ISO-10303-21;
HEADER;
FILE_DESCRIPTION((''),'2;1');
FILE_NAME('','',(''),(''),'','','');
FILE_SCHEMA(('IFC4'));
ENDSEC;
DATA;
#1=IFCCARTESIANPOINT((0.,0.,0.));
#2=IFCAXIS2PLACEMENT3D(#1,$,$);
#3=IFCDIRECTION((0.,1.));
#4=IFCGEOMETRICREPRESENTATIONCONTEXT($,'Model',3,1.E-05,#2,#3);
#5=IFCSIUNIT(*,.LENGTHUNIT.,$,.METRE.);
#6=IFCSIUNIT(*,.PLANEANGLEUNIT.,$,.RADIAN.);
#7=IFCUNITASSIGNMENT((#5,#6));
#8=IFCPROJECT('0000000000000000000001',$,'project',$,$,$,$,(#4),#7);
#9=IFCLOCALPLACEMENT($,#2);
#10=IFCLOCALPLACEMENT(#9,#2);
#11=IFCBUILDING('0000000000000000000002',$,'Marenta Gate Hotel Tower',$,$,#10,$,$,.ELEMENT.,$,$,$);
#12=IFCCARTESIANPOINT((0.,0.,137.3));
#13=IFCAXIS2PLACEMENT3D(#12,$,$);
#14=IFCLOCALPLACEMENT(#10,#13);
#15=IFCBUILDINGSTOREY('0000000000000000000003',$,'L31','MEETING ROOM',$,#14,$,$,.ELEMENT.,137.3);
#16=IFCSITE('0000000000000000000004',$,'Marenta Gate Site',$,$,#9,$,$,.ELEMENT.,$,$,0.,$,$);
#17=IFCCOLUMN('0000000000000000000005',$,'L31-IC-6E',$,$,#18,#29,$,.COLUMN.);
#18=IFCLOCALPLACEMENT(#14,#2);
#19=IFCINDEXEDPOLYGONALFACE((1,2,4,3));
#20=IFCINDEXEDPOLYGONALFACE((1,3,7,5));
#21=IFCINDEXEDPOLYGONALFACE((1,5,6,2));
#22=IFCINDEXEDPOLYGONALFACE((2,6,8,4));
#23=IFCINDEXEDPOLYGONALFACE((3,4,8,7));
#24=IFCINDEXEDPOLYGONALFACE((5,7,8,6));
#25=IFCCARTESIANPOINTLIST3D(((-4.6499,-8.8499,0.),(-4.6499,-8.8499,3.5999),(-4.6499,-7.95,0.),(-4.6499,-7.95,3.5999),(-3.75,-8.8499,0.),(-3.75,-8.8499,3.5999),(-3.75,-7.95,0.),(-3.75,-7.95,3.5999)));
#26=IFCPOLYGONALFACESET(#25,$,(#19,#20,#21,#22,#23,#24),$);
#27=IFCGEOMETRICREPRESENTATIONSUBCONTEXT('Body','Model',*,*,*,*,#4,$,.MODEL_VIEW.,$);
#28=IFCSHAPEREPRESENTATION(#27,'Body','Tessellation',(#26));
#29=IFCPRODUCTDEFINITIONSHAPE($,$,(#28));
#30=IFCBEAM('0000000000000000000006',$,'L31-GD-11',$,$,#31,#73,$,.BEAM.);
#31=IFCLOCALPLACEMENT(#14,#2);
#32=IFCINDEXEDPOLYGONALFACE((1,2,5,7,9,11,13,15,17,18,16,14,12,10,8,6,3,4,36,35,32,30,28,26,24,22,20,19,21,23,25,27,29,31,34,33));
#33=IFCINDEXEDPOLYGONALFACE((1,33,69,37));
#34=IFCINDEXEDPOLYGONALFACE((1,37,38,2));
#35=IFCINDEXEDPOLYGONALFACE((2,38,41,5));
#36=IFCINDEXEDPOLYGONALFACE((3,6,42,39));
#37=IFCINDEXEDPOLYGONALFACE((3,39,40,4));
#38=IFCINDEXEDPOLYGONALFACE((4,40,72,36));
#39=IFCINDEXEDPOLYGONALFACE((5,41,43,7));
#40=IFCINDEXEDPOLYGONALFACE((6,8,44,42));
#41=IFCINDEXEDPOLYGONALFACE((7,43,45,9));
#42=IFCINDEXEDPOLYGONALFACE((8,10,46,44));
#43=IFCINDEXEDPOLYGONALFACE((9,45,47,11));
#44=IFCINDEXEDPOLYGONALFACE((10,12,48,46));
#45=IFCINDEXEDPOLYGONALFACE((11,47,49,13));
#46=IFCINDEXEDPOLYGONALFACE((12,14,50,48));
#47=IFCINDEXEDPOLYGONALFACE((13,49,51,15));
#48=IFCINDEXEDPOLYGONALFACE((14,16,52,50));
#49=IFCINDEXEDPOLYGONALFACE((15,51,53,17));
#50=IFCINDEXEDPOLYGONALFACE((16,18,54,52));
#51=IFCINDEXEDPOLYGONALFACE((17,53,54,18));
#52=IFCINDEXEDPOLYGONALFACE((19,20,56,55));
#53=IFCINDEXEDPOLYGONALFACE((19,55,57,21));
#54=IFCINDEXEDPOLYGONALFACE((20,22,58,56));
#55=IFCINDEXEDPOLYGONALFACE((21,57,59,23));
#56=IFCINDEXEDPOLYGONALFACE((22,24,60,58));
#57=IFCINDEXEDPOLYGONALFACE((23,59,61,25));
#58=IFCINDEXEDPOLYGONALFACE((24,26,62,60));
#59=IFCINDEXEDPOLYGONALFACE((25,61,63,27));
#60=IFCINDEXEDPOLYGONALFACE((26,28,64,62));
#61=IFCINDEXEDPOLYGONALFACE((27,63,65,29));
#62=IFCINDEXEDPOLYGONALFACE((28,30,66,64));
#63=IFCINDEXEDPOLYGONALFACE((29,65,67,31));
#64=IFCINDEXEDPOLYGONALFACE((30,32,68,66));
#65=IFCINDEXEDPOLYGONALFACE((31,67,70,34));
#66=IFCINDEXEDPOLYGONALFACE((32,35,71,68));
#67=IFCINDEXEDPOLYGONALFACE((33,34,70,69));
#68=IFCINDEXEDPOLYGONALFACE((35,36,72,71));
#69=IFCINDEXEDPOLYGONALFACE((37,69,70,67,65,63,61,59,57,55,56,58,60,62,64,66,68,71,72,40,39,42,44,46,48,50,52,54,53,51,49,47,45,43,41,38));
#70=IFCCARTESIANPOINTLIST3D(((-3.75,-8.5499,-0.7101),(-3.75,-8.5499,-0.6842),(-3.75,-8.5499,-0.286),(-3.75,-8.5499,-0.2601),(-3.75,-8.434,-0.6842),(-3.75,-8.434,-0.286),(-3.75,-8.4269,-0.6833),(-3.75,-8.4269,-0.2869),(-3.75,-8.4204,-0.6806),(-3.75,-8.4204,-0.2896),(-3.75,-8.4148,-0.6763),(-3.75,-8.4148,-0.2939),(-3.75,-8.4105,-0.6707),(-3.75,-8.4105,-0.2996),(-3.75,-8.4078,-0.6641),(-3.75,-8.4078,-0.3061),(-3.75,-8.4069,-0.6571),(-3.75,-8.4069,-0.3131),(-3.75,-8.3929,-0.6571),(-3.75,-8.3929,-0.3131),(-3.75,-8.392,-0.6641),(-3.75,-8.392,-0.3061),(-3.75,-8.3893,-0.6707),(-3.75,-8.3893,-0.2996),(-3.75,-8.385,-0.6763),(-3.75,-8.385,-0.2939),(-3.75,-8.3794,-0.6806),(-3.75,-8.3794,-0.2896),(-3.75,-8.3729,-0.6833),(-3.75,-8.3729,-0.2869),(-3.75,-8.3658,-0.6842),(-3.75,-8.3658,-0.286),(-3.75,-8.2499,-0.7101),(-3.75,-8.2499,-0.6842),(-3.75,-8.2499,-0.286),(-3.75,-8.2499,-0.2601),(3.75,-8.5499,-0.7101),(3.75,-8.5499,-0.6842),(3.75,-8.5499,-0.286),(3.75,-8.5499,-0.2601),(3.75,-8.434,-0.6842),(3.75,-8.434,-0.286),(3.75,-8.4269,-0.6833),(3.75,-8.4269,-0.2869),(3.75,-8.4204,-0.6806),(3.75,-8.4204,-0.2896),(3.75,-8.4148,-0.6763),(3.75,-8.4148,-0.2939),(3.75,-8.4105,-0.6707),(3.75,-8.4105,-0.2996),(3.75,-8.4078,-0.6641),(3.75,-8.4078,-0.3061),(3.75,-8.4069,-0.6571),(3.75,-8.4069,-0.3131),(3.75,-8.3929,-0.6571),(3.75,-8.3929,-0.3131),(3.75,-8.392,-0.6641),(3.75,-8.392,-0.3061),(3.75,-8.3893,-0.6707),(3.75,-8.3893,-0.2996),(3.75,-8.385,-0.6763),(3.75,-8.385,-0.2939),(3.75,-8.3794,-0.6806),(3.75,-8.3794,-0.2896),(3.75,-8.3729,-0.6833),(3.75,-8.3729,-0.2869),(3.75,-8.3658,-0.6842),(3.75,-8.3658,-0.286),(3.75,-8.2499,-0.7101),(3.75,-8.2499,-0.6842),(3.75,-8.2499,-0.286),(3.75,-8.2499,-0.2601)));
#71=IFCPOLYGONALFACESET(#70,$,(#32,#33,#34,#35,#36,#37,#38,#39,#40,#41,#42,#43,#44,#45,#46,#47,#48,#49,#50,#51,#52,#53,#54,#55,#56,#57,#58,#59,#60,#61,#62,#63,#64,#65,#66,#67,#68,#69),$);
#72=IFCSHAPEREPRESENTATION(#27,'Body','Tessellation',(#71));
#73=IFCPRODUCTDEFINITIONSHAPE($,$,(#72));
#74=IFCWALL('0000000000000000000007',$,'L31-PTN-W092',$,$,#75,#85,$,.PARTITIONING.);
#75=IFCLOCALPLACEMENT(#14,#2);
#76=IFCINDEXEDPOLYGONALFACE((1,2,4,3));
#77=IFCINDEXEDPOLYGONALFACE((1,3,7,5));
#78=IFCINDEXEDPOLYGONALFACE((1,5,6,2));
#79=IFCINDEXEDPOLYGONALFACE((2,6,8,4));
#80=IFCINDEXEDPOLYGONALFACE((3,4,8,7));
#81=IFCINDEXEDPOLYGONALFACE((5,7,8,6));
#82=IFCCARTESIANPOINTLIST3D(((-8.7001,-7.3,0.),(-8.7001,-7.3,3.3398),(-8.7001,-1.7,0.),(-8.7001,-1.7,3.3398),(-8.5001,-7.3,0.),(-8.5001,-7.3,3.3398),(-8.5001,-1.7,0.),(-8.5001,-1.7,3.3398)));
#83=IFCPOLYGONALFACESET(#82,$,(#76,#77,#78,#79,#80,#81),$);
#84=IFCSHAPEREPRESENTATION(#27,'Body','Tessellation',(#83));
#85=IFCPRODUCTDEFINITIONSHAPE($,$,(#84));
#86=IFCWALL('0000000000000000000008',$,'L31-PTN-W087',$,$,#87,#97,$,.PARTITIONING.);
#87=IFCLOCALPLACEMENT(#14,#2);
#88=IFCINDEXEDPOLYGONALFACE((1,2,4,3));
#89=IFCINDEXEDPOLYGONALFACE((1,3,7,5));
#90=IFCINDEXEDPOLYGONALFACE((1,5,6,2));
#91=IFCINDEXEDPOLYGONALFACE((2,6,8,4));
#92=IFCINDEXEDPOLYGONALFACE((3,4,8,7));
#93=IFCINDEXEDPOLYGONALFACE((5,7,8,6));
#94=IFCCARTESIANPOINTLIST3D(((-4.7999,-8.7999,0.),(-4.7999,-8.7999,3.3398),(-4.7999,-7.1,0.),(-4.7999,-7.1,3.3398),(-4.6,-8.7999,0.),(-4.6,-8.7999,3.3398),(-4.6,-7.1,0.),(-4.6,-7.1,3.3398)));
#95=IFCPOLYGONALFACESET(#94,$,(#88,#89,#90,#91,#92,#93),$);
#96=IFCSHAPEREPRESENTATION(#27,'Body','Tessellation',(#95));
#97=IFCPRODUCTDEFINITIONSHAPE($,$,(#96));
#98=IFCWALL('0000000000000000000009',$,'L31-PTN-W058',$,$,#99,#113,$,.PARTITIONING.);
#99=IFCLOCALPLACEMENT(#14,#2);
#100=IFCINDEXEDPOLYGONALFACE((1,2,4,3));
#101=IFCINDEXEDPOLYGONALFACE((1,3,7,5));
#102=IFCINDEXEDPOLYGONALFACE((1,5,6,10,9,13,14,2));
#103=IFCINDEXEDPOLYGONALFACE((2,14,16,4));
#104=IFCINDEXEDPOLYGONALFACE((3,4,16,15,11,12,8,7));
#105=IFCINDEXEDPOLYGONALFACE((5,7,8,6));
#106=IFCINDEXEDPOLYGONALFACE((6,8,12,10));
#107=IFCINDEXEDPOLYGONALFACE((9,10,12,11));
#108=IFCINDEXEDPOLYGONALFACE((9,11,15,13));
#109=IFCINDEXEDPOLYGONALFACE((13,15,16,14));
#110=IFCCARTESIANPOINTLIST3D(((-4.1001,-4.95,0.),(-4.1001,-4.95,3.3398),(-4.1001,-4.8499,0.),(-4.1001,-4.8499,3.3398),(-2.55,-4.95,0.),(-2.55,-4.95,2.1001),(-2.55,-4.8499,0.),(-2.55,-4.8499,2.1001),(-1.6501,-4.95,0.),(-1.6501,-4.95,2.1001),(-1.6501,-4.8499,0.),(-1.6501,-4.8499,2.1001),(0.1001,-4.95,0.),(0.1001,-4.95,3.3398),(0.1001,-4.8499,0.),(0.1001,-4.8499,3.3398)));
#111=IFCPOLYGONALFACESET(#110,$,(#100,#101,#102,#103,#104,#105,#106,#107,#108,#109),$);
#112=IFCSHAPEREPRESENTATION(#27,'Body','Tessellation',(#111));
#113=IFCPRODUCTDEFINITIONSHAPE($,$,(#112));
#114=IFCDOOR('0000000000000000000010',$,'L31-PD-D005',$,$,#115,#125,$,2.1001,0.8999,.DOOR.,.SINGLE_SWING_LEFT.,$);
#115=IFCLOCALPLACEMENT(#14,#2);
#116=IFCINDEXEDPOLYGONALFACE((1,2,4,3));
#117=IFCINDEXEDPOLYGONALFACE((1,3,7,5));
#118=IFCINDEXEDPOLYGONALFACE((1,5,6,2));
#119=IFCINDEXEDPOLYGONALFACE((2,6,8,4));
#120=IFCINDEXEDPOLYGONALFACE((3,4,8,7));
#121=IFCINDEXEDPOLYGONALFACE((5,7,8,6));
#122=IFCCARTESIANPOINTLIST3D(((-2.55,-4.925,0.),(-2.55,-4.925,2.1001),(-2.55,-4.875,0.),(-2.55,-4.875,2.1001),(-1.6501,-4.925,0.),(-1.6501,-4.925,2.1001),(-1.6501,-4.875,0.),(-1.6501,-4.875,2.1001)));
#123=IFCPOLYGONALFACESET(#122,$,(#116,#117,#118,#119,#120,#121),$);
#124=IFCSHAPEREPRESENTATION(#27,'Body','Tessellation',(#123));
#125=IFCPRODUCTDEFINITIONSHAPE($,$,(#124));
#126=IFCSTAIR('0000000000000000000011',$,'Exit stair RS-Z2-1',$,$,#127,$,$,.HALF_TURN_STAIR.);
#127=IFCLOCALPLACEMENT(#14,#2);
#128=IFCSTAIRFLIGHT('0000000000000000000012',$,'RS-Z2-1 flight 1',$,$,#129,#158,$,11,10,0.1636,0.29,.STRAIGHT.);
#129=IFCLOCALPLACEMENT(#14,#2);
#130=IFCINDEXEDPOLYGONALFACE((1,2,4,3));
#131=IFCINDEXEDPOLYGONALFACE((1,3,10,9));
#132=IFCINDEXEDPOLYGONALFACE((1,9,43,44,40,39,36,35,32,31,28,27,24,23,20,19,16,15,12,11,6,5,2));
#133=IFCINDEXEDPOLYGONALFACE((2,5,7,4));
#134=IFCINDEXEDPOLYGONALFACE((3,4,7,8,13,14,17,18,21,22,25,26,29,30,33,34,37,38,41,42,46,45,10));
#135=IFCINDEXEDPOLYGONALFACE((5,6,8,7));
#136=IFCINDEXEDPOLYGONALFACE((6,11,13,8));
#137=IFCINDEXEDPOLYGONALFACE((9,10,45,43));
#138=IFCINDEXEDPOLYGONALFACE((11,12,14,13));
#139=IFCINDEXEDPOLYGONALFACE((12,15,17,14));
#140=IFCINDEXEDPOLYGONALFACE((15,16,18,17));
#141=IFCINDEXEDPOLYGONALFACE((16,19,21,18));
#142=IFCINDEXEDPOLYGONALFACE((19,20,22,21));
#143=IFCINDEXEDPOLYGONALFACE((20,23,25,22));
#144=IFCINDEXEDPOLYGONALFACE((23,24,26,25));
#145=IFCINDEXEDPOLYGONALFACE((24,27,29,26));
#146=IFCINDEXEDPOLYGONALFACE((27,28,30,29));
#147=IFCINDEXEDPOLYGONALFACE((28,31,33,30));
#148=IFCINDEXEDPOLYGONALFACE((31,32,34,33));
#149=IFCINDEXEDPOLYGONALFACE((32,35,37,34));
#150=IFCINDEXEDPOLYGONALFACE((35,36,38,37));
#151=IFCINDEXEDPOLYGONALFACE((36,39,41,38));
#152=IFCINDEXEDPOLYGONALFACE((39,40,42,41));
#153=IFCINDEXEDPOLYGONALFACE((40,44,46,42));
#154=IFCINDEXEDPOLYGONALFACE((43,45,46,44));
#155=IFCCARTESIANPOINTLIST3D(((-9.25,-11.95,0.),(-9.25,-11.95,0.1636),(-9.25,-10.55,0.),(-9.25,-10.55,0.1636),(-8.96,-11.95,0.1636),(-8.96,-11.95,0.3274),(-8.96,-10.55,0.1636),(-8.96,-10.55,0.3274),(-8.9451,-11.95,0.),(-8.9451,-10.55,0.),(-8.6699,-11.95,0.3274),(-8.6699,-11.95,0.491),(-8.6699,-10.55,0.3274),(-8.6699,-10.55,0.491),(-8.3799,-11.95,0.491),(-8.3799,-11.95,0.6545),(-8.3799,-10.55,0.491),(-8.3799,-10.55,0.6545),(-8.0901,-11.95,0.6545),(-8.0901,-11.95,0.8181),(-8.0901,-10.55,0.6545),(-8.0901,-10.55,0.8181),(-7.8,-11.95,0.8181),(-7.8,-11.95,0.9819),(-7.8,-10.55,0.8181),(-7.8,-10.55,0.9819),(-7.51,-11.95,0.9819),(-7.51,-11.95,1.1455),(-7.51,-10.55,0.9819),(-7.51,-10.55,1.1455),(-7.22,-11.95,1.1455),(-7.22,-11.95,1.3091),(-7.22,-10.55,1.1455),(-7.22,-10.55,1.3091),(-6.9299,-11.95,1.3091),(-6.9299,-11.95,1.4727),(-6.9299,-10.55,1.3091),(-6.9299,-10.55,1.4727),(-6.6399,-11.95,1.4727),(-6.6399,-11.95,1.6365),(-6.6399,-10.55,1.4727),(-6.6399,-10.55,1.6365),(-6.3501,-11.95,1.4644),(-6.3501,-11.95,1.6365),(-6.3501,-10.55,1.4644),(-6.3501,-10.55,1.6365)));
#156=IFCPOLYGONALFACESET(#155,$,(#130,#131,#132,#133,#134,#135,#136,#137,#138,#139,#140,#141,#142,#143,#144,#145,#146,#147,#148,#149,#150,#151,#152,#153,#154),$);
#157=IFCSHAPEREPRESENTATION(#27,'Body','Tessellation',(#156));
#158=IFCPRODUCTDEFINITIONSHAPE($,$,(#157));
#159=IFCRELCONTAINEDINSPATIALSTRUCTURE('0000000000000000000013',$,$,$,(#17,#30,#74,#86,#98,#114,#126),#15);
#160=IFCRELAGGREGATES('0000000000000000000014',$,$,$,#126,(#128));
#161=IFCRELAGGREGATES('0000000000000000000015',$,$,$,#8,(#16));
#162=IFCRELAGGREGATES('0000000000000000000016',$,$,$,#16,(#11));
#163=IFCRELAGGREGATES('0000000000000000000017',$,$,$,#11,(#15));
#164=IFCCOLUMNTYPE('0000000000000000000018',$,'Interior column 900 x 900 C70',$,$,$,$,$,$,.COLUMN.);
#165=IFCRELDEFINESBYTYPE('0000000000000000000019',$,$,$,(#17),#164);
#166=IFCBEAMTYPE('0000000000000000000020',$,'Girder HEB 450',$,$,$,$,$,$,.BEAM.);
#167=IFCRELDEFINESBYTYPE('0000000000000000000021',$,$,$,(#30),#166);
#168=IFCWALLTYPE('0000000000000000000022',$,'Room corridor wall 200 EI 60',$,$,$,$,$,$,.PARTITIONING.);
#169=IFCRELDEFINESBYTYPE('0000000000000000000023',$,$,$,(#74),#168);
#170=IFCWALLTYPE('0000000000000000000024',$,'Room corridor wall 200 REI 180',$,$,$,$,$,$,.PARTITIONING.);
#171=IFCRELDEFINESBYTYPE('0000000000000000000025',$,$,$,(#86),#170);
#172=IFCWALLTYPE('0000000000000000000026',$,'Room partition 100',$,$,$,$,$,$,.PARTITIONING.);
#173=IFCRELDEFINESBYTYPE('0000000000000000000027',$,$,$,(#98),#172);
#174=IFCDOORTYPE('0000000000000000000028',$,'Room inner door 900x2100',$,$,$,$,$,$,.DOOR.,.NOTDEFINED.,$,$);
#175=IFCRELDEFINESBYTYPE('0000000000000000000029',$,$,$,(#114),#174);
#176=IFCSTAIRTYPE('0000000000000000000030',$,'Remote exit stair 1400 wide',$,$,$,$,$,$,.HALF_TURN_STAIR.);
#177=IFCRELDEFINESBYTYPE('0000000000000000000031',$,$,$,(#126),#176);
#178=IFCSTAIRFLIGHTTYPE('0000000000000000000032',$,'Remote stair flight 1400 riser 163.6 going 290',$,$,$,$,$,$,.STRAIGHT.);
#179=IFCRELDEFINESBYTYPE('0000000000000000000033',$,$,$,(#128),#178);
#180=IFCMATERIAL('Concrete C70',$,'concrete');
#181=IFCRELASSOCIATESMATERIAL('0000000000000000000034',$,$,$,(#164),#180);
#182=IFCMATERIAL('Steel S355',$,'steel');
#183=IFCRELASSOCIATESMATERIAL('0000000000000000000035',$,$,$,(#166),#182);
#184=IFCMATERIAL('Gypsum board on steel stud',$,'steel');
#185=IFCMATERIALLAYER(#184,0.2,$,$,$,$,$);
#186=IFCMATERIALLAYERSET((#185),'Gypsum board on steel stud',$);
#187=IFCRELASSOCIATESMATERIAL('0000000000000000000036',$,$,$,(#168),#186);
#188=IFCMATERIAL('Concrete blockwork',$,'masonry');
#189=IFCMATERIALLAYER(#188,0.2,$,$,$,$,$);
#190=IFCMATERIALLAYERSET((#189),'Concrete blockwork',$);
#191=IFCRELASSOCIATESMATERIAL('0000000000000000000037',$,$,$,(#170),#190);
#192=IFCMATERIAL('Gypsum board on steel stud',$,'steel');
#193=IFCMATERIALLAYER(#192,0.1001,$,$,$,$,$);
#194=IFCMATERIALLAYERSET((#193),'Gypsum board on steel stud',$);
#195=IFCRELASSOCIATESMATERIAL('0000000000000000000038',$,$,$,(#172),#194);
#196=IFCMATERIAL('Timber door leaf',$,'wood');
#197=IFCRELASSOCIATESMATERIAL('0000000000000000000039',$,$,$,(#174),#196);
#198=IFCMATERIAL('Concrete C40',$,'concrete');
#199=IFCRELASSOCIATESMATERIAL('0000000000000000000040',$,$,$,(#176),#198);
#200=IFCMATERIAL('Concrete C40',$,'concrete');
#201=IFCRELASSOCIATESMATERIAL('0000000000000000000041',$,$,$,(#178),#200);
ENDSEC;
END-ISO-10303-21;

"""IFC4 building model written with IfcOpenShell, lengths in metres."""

from ifc_helpers import new_model, si_unit, direction, frame, frame_2d, origin, origin_2d, place, context, subcontext, project, spatial, polyline, rectangle, i_section, outline, extrude, material, layer, layer_set, material_profile, profile_set, type_object, element, fill, aggregate, save


model = new_model("IFC4")

# Units and contexts
model_context = context("Model", 3, precision=1e-05, world=origin(), true_north=direction((0.0, 1.0)))
body_context = subcontext(model_context, "Body", "Model", "MODEL_VIEW")
ifc_project = project(units=[si_unit("LENGTHUNIT", "METRE"), si_unit("PLANEANGLEUNIT", "RADIAN")], contexts=[model_context])

# Site, building, storey
site_placement = place(None, origin())
site = spatial("IfcSite", under=ifc_project, at=site_placement, Name="Marenta Gate Site", CompositionType="ELEMENT", RefElevation=0.0)
building_placement = place(site_placement, origin())
building = spatial("IfcBuilding", under=site, at=building_placement, Name="Marenta Gate Hotel Tower", CompositionType="ELEMENT")
storey_placement = place(building_placement, frame((0.0, 0.0, 137.3)))
storey = spatial("IfcBuildingStorey", under=building, at=storey_placement, Name="L31", Description="MEETING ROOM", CompositionType="ELEMENT", Elevation=137.3)

# Column
ifc_material_1 = material(Name="Concrete C70", Category="concrete")
ifc_material_profile_1 = material_profile(ifc_material_1, rectangle(XDim=0.8999, YDim=0.8999, at=origin_2d()), Name="900 x 900")
ifc_profile_set_1 = profile_set([ifc_material_profile_1], Name="Concrete C70")
column_type = type_object("IfcColumnType", Name="Interior column 900 x 900 C70", PredefinedType="COLUMN", material=ifc_profile_set_1)
column_placement = place(storey_placement, frame((-4.2, -8.3999, 0.0), z_axis=(0.0, 0.0, 1.0), x_axis=(1.0, 0.0, 0.0)))
element("IfcColumn", 1, at=column_placement, inside=storey, type_object=column_type, Name="L31-IC-6E", PredefinedType="COLUMN", context=body_context, shape_type="SweptSolid", body=[
    extrude(rectangle(XDim=0.8999, YDim=0.8999, at=origin_2d()), origin(), (0.0, 0.0, 1.0), 3.5999),
])

# Beam
ifc_material_2 = material(Name="Steel S355", Category="steel")
ifc_material_profile_2 = material_profile(ifc_material_2, i_section(OverallWidth=0.3, OverallDepth=0.45, WebThickness=0.0139, FlangeThickness=0.0259, FilletRadius=0.0271, at=origin_2d()), Name="HEB 450")
ifc_profile_set_2 = profile_set([ifc_material_profile_2], Name="Steel S355")
beam_type = type_object("IfcBeamType", Name="Girder HEB 450", PredefinedType="BEAM", material=ifc_profile_set_2)
beam_placement = place(storey_placement, frame((-3.75, -8.3999, -0.4851), z_axis=(1.0, 0.0, 0.0), x_axis=(0.0, 1.0, 0.0)))
element("IfcBeam", 2, at=beam_placement, inside=storey, type_object=beam_type, Name="L31-GD-11", PredefinedType="BEAM", context=body_context, shape_type="SweptSolid", body=[
    extrude(i_section(OverallWidth=0.3, OverallDepth=0.45, WebThickness=0.0139, FlangeThickness=0.0259, FilletRadius=0.0271, at=origin_2d()), origin(), (0.0, 0.0, 1.0), 7.5),
])

# Wall
ifc_material_3 = material(Name="Gypsum board on steel stud", Category="steel")
ifc_layer_1 = layer(ifc_material_3, 0.2)
ifc_layer_set_1 = layer_set([ifc_layer_1], Name="Gypsum board on steel stud")
wall_type_1 = type_object("IfcWallType", Name="Room corridor wall 200 EI 60", PredefinedType="PARTITIONING", material=ifc_layer_set_1)
wall_1_placement = place(storey_placement, frame((-8.6001, -7.3, 0.0), z_axis=(0.0, 0.0, 1.0), x_axis=(0.0, 1.0, 0.0)))
element("IfcWall", 3, at=wall_1_placement, inside=storey, type_object=wall_type_1, Name="L31-PTN-W092", PredefinedType="PARTITIONING", context=body_context, shape_type="SweptSolid", body=[
    extrude(rectangle(XDim=5.6001, YDim=0.2, at=frame_2d((2.8, 0.0))), origin(), (0.0, 0.0, 1.0), 3.3398),
])

# Shared definitions
ifc_material_4 = material(Name="Concrete blockwork", Category="masonry")
ifc_layer_2 = layer(ifc_material_4, 0.2)
ifc_layer_set_2 = layer_set([ifc_layer_2], Name="Concrete blockwork")
wall_type_2 = type_object("IfcWallType", Name="Room corridor wall 200 REI 180", PredefinedType="PARTITIONING", material=ifc_layer_set_2)

# Wall
wall_2_placement = place(storey_placement, frame((-4.7, -8.8, 0.0), z_axis=(0.0, 0.0, 1.0), x_axis=(0.0, 1.0, 0.0)))
element("IfcWall", 4, at=wall_2_placement, inside=storey, type_object=wall_type_2, Name="L31-PTN-W087", PredefinedType="PARTITIONING", context=body_context, shape_type="SweptSolid", body=[
    extrude(rectangle(XDim=1.7, YDim=0.2, at=frame_2d((0.8501, 0.0))), origin(), (0.0, 0.0, 1.0), 3.3398),
])

# Wall, opening, door
ifc_material_5 = material(Name="Gypsum board on steel stud", Category="steel")
ifc_layer_3 = layer(ifc_material_5, 0.1001)
ifc_layer_set_3 = layer_set([ifc_layer_3], Name="Gypsum board on steel stud")
wall_type_3 = type_object("IfcWallType", Name="Room partition 100", PredefinedType="PARTITIONING", material=ifc_layer_set_3)
wall_3_placement = place(storey_placement, frame((-4.1001, -4.8999, 0.0), z_axis=(0.0, 0.0, 1.0), x_axis=(1.0, 0.0, 0.0)))
wall_3 = element("IfcWall", 5, at=wall_3_placement, inside=storey, type_object=wall_type_3, Name="L31-PTN-W058", PredefinedType="PARTITIONING", context=body_context, shape_type="SweptSolid", body=[
    extrude(rectangle(XDim=4.2002, YDim=0.1001, at=frame_2d((2.1001, 0.0))), origin(), (0.0, 0.0, 1.0), 3.3398),
])
opening_1_placement = place(wall_3_placement, frame((1.55, 0.0, 0.0)))
opening_1 = element("IfcOpeningElement", 6, at=opening_1_placement, cuts=wall_3, PredefinedType="OPENING", context=body_context, shape_type="SweptSolid", body=[
    extrude(rectangle(XDim=0.8999, YDim=2.1001, at=frame_2d((0.45, 1.05))), frame((0.0, 0.05, 0.0), z_axis=(0.0, -1.0, 0.0), x_axis=(1.0, 0.0, 0.0)), (0.0, 0.0, 1.0), 0.1001),
])
ifc_material_6 = material(Name="Timber door leaf", Category="wood")
door_type_1 = type_object("IfcDoorType", Name="Room inner door 900x2100", OperationType="NOTDEFINED", PredefinedType="DOOR", material=ifc_material_6)
door_1_placement = place(opening_1_placement, origin())
door_1 = element("IfcDoor", 7, at=door_1_placement, inside=storey, type_object=door_type_1, Name="L31-PD-D005", OperationType="SINGLE_SWING_LEFT", OverallHeight=2.1001, OverallWidth=0.8999, PredefinedType="DOOR", context=body_context, shape_type="SweptSolid", body=[
    extrude(rectangle(XDim=0.8999, YDim=2.1001, at=frame_2d((0.45, 1.05))), frame((0.0, 0.0249, 0.0), z_axis=(0.0, -1.0, 0.0), x_axis=(1.0, 0.0, 0.0)), (0.0, 0.0, 1.0), 0.05),
])
fill(opening_1, door_1)

# Stair, stair flight
ifc_material_7 = material(Name="Concrete C40", Category="concrete")
stair_type = type_object("IfcStairType", Name="Remote exit stair 1400 wide", PredefinedType="HALF_TURN_STAIR", material=ifc_material_7)
stair_placement = place(storey_placement, origin())
stair = element("IfcStair", 8, at=stair_placement, inside=storey, type_object=stair_type, Name="Exit stair RS-Z2-1", PredefinedType="HALF_TURN_STAIR")
ifc_material_8 = material(Name="Concrete C40", Category="concrete")
stair_flight_type = type_object("IfcStairFlightType", Name="Remote stair flight 1400 riser 163.6 going 290", PredefinedType="STRAIGHT", material=ifc_material_8)
stair_flight_1_placement = place(storey_placement, frame((-9.25, -11.25, 0.0), z_axis=(0.0, 0.0, 1.0), x_axis=(1.0, 0.0, 0.0)))
stair_flight_1 = element("IfcStairFlight", 9, at=stair_flight_1_placement, type_object=stair_flight_type, Name="RS-Z2-1 flight 1", NumberOfRisers=11, NumberOfTreads=10, PredefinedType="STRAIGHT", RiserHeight=0.1636, TreadLength=0.29, context=body_context, shape_type="SweptSolid", body=[
    extrude(outline(polyline([(0.0, 0.0), (0.0, 0.1636), (0.29, 0.1636), (0.29, 0.3274), (0.5801, 0.3274), (0.5801, 0.491), (0.8701, 0.491), (0.8701, 0.6545), (1.1599, 0.6545), (1.1599, 0.8181), (1.45, 0.8181), (1.45, 0.9819), (1.74, 0.9819), (1.74, 1.1455), (2.03, 1.1455), (2.03, 1.3091), (2.3201, 1.3091), (2.3201, 1.4727), (2.6101, 1.4727), (2.6101, 1.6365), (2.8999, 1.6365), (2.8999, 1.8), (2.8999, 1.4644), (0.3049, 0.0), (0.0, 0.0)])), frame((0.0, 0.7, 0.0), z_axis=(0.0, -1.0, 0.0), x_axis=(1.0, 0.0, 0.0)), (0.0, 0.0, 1.0), 1.3999),
])
aggregate(stair, [stair_flight_1])

save(model, "model.ifc")
